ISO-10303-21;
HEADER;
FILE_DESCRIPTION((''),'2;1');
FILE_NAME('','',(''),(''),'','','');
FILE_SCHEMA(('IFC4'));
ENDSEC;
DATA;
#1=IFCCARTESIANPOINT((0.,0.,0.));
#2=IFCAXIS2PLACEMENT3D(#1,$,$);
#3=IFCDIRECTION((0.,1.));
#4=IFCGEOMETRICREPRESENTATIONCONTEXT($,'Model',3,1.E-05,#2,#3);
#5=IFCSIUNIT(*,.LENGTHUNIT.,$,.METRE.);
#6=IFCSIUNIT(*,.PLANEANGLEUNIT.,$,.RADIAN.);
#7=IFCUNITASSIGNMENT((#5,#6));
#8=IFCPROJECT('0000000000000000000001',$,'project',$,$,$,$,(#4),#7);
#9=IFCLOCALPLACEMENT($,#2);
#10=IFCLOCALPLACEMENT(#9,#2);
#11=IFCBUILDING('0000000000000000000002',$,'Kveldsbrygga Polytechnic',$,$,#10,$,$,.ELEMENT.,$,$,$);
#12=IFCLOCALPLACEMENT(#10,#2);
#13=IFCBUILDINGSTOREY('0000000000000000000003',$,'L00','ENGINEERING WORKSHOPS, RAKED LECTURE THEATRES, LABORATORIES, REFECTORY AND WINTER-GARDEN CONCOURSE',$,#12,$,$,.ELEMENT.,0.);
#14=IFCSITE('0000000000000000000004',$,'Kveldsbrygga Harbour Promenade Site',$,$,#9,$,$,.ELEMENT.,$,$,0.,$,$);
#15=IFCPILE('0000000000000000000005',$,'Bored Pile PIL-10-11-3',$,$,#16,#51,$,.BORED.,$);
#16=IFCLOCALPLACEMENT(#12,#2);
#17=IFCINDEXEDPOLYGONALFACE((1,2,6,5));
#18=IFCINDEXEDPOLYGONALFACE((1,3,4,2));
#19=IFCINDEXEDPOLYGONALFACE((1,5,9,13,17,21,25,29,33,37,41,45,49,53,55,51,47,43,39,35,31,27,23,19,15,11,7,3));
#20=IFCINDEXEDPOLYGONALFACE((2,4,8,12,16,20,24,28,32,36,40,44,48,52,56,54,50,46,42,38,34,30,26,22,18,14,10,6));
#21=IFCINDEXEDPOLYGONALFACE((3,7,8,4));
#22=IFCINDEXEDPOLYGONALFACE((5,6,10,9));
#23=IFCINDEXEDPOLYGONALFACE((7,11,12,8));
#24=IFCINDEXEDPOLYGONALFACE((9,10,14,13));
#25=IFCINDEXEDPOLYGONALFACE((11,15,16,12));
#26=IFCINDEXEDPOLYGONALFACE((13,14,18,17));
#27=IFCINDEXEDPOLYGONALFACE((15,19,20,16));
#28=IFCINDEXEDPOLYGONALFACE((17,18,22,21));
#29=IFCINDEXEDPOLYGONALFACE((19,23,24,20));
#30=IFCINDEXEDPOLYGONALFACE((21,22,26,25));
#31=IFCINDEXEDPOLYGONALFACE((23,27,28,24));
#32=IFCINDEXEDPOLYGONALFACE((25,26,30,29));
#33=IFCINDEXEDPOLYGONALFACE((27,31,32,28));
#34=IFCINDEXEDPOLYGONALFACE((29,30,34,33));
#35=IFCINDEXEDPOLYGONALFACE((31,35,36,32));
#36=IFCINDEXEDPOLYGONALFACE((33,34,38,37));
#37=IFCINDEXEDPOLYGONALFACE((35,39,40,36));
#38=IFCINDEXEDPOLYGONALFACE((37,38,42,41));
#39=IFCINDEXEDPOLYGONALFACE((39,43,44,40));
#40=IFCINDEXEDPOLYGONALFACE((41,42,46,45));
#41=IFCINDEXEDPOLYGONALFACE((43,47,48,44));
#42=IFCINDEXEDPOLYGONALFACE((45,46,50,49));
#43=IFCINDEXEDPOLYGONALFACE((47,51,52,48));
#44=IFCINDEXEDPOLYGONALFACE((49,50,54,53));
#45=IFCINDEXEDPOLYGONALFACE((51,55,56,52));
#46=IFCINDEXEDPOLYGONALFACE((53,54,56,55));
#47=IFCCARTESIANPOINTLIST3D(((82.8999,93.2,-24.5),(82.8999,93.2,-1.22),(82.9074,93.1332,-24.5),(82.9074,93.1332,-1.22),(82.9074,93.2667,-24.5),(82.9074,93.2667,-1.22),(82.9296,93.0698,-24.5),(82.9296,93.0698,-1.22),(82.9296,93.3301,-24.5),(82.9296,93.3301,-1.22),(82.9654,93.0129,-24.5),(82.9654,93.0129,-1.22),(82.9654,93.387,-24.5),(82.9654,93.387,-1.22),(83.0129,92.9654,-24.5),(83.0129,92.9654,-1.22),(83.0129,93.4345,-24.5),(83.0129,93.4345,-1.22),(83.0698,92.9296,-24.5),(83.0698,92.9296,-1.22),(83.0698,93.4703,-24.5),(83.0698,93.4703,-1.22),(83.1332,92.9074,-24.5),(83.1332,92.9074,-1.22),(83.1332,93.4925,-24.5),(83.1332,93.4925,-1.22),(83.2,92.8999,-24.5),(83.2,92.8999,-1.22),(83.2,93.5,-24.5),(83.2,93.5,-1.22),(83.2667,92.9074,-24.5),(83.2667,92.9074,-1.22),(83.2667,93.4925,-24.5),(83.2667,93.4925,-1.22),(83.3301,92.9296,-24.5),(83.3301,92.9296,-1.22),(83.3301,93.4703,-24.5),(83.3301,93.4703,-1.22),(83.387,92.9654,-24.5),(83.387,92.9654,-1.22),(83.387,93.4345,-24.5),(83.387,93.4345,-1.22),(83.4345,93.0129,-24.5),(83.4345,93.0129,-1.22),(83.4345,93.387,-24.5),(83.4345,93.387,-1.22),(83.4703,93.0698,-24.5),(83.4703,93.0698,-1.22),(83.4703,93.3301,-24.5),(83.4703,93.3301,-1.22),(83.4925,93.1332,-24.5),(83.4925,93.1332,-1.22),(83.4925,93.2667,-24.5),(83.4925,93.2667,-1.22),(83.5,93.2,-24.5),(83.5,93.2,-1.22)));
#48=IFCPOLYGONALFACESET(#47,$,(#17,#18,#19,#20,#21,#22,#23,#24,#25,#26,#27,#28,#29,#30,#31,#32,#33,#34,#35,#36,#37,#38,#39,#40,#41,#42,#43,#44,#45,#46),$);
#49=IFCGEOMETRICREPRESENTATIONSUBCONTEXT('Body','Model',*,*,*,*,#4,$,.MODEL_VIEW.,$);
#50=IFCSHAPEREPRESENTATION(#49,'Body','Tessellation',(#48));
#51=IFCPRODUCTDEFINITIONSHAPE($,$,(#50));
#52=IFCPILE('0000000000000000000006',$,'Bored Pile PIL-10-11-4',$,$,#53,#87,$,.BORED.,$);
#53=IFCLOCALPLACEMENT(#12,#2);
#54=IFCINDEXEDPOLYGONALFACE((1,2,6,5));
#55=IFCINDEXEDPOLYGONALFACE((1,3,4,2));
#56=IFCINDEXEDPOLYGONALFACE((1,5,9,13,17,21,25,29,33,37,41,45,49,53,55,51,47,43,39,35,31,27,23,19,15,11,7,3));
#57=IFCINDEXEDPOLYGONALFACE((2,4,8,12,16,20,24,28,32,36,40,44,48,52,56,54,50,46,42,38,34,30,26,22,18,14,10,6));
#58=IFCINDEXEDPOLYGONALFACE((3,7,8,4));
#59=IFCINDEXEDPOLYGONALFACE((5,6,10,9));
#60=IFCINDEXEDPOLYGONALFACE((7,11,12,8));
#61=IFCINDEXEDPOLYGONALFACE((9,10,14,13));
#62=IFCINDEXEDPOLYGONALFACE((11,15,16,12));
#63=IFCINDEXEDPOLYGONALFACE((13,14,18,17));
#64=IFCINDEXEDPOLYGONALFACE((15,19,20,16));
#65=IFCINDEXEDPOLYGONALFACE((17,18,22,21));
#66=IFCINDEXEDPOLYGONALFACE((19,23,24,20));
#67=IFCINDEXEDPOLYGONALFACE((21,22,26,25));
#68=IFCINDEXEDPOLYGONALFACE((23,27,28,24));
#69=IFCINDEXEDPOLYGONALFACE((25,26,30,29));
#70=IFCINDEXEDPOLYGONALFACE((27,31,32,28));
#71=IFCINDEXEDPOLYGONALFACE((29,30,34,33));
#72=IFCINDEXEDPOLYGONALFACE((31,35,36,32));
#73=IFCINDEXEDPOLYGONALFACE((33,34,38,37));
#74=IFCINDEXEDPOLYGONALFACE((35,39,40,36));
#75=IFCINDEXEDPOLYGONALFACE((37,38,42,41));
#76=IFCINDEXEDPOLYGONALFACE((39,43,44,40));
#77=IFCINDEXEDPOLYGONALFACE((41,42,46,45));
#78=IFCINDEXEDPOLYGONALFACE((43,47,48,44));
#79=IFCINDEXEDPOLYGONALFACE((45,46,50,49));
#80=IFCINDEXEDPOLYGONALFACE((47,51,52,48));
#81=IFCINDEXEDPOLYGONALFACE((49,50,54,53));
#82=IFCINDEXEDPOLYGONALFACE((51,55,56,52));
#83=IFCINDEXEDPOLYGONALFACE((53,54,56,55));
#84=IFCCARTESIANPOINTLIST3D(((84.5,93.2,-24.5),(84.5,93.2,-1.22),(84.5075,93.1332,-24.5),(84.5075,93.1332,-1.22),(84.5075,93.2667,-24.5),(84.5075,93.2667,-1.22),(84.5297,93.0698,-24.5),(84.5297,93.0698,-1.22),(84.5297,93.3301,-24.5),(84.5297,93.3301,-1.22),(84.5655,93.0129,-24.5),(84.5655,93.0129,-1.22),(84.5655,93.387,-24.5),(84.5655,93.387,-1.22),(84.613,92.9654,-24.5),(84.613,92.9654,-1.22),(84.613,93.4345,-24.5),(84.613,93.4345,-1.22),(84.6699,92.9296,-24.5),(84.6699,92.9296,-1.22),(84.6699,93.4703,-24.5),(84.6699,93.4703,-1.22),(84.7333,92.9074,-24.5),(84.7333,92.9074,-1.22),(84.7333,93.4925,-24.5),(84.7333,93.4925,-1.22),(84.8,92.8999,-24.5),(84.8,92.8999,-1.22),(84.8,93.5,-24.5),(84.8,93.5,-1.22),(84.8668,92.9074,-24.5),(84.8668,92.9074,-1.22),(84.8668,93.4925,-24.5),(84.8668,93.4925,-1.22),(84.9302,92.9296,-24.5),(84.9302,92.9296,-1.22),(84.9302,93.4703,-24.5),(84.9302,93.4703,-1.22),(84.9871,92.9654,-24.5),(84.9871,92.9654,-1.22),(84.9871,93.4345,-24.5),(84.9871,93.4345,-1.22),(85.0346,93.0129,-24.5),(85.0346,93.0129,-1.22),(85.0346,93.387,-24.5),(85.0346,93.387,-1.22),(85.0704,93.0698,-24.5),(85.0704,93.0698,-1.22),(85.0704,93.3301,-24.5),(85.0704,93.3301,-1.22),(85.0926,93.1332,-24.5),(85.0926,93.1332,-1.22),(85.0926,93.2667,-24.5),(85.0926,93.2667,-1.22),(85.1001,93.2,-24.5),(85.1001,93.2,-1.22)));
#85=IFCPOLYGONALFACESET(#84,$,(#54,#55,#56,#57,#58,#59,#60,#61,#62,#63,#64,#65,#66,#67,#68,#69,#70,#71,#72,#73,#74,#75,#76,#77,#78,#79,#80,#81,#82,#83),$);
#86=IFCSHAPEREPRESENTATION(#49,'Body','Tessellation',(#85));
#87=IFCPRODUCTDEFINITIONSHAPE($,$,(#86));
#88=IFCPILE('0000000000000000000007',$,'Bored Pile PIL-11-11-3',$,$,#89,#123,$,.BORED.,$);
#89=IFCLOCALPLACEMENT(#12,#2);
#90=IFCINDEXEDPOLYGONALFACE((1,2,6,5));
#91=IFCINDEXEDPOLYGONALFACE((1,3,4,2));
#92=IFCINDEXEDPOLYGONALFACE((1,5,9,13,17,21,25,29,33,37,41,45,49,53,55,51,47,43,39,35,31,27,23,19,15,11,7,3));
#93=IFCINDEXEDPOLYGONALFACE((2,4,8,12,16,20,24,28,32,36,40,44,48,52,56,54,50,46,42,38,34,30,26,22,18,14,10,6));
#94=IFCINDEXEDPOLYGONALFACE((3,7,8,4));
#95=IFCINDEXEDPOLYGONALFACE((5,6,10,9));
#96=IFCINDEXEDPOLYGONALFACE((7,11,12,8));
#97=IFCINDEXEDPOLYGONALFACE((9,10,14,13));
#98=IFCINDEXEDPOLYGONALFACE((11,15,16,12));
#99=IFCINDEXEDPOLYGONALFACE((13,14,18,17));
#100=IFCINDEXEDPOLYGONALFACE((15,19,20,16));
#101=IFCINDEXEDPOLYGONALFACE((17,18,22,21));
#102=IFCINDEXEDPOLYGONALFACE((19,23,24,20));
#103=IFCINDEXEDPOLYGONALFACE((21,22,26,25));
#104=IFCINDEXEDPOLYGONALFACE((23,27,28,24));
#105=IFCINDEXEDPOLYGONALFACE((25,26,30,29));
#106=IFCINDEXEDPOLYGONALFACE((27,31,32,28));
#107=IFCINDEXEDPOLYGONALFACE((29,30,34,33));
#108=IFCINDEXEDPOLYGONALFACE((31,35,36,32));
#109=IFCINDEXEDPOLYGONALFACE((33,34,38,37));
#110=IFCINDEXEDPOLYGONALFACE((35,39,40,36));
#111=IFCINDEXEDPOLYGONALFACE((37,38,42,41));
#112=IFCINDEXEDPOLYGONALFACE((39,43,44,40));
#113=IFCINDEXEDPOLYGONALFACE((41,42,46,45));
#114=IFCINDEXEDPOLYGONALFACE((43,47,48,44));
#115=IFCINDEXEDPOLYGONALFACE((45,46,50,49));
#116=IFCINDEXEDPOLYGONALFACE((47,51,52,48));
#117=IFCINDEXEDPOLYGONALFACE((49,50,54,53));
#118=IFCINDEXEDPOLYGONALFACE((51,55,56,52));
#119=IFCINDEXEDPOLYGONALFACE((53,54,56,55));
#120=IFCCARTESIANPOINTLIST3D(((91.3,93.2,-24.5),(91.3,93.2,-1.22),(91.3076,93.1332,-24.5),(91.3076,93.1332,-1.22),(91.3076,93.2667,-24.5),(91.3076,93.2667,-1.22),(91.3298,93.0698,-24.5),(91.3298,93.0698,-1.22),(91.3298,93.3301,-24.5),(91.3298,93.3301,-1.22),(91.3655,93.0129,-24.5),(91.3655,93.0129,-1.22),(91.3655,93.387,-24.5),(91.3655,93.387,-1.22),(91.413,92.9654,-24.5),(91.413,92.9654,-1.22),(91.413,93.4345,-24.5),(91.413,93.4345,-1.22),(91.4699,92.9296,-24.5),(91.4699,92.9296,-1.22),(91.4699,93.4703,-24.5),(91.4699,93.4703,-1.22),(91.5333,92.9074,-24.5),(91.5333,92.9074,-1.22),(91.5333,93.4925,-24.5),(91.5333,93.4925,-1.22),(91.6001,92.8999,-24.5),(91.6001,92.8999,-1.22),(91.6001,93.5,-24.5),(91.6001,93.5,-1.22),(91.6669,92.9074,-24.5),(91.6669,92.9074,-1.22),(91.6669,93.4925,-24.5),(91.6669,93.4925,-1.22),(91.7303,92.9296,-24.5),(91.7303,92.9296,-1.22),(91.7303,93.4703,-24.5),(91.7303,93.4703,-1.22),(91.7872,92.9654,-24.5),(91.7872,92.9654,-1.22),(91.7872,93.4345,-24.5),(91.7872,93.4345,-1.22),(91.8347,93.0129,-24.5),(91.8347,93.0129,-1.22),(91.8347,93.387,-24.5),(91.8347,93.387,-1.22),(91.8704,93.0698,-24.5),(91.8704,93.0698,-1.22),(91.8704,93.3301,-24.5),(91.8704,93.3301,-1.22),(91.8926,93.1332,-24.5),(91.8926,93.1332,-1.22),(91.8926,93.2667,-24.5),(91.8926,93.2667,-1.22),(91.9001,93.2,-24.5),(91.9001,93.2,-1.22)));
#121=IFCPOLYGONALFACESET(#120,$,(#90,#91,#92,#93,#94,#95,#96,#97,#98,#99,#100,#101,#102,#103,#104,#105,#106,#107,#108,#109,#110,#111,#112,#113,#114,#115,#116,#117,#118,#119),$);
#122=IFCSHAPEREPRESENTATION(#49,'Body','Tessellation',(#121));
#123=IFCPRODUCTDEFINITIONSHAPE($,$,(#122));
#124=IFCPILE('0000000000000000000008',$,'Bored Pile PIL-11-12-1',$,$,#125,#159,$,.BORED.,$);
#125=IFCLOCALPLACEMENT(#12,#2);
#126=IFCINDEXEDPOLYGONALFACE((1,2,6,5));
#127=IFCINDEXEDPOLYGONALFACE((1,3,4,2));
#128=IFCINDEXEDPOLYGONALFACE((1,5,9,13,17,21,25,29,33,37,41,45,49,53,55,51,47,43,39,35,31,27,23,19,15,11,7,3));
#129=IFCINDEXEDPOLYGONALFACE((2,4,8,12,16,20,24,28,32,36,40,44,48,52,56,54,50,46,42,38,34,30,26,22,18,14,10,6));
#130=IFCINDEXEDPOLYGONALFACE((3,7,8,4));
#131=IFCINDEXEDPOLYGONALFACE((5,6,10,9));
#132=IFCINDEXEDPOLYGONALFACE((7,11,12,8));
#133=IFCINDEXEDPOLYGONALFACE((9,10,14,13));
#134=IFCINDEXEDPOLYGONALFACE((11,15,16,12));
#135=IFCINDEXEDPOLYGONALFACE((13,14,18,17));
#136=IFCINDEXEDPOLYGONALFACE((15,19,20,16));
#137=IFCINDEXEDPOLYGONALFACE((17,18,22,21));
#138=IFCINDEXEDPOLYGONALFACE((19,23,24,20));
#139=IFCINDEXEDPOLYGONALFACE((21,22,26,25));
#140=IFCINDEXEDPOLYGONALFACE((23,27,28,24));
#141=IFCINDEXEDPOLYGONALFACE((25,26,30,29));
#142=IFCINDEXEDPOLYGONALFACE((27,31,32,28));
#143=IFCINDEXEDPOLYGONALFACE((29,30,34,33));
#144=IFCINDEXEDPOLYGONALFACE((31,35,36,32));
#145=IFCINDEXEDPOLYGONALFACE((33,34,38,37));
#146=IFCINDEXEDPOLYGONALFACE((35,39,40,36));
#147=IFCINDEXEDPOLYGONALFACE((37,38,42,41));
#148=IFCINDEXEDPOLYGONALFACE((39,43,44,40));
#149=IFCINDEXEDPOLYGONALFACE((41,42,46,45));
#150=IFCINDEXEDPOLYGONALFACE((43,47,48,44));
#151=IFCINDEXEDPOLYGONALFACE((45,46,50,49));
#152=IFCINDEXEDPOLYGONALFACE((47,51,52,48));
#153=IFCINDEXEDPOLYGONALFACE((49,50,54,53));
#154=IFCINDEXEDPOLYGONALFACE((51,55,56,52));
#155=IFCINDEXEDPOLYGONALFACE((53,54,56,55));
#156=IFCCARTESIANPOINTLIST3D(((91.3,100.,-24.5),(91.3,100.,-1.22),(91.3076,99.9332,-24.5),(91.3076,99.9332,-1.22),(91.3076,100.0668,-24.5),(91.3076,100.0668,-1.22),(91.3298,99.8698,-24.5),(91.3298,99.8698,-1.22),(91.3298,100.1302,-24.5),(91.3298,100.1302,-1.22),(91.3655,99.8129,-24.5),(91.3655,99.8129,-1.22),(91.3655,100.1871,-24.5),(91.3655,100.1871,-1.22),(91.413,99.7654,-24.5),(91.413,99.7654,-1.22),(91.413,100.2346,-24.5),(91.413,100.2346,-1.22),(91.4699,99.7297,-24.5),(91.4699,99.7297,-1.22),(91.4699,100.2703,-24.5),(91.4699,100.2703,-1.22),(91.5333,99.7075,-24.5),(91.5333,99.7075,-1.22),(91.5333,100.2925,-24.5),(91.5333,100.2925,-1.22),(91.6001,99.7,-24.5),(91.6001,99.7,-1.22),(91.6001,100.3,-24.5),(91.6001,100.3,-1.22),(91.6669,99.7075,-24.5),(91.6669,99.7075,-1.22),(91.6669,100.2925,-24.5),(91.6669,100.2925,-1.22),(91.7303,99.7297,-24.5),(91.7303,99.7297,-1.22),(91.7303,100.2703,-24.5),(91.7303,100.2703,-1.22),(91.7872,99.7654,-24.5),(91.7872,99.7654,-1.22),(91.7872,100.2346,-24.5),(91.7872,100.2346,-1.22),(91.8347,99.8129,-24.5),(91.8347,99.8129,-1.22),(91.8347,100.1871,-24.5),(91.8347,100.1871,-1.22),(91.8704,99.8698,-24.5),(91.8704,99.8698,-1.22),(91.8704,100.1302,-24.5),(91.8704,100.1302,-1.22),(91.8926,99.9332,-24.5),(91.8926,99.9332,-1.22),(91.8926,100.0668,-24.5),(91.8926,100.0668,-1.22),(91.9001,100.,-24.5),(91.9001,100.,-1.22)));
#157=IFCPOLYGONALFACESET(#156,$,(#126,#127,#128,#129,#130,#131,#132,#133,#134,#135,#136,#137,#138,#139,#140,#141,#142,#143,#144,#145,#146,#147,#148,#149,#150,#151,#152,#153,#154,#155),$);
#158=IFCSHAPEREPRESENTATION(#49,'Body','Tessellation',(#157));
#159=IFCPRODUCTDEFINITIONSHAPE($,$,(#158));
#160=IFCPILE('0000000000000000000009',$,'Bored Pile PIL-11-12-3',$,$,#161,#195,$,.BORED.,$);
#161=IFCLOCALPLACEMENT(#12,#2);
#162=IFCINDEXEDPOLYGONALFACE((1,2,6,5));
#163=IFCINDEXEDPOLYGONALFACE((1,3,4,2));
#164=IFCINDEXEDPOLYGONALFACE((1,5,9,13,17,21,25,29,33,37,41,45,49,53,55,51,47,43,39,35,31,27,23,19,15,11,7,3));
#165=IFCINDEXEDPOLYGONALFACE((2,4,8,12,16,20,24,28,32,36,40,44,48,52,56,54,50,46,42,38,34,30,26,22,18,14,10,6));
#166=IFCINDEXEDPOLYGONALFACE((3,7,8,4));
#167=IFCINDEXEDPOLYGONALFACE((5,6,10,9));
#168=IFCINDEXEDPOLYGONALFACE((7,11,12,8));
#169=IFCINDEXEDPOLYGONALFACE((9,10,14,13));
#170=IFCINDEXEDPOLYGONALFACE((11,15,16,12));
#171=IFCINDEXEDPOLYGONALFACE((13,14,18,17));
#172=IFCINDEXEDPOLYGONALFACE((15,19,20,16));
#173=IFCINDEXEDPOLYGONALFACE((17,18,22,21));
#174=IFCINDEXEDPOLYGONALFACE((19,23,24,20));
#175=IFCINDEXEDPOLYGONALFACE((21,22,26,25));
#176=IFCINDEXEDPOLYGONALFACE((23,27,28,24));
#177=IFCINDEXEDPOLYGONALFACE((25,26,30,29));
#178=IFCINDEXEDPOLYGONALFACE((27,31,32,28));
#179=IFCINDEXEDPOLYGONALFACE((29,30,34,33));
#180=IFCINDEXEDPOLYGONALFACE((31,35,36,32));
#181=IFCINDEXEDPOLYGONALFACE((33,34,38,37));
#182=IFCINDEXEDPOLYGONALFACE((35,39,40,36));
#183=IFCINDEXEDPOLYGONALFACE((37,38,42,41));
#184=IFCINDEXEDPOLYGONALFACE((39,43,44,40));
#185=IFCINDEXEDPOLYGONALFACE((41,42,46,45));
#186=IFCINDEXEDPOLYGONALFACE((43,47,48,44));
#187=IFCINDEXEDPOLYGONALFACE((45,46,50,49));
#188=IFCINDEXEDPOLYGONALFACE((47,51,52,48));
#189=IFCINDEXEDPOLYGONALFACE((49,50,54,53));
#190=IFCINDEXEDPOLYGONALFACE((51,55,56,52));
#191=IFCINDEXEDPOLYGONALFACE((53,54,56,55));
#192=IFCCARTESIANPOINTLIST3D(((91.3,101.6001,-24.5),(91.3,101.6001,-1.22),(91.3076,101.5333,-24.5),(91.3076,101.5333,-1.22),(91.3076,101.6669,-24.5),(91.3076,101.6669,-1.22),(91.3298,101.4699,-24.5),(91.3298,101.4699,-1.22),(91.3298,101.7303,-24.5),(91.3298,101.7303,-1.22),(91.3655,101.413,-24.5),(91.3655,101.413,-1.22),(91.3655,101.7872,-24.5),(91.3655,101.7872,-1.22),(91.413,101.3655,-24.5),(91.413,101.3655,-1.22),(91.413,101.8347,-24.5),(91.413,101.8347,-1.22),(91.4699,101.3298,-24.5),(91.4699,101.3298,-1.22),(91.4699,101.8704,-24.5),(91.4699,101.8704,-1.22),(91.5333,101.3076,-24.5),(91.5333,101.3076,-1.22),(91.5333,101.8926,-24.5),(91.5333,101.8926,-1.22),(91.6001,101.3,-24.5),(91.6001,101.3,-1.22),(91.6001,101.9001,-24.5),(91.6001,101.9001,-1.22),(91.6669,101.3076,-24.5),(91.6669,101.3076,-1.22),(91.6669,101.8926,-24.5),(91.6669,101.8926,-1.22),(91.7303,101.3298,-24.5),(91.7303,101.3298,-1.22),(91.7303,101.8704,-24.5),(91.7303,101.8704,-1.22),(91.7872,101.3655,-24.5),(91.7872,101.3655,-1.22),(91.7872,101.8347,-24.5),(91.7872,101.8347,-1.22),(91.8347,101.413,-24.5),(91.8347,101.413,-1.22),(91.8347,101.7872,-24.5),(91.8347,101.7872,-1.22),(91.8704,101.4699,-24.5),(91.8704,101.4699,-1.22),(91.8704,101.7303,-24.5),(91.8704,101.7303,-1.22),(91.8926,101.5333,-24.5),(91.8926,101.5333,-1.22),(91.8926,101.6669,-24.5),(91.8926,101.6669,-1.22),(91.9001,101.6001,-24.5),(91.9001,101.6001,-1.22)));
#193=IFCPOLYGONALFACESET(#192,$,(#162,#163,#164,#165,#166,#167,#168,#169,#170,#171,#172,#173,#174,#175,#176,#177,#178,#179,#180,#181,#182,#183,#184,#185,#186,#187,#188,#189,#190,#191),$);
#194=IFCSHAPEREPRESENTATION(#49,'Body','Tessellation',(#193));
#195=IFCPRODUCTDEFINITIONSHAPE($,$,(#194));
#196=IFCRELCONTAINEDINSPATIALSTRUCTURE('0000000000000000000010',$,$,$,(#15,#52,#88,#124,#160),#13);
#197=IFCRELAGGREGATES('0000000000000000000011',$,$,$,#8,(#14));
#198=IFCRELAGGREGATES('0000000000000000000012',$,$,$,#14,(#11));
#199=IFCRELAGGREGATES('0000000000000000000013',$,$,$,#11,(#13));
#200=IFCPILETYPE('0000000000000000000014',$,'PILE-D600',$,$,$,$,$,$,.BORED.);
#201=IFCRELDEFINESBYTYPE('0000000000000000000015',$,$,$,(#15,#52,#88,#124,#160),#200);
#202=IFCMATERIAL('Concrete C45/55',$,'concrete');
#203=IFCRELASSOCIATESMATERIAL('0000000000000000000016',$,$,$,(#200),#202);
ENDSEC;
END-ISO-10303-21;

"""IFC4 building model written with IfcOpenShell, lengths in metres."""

from ifc_helpers import new_model, si_unit, direction, frame, origin, origin_2d, place, context, subcontext, project, spatial, circle, extrude, material, material_profile, profile_set, type_object, element, save


model = new_model("IFC4")

# Units and contexts
model_context = context("Model", 3, precision=1e-05, world=origin(), true_north=direction((0.0, 1.0)))
body_context = subcontext(model_context, "Body", "Model", "MODEL_VIEW")
ifc_project = project(units=[si_unit("LENGTHUNIT", "METRE"), si_unit("PLANEANGLEUNIT", "RADIAN")], contexts=[model_context])

# Site, building, storey
site_placement = place(None, origin())
site = spatial("IfcSite", under=ifc_project, at=site_placement, Name="Kveldsbrygga Harbour Promenade Site", CompositionType="ELEMENT", RefElevation=0.0)
building_placement = place(site_placement, origin())
building = spatial("IfcBuilding", under=site, at=building_placement, Name="Kveldsbrygga Polytechnic", CompositionType="ELEMENT")
storey_placement = place(building_placement, origin())
storey = spatial("IfcBuildingStorey", under=building, at=storey_placement, Name="L00", Description="ENGINEERING WORKSHOPS, RAKED LECTURE THEATRES, LABORATORIES, REFECTORY AND WINTER-GARDEN CONCOURSE", CompositionType="ELEMENT", Elevation=0.0)

# Shared definitions
ifc_material_1 = material(Name="Concrete C45/55", Category="concrete")

# Piles
ifc_material_profile_1 = material_profile(ifc_material_1, circle(Radius=0.3, at=origin_2d()), Name="PILE D600")
ifc_profile_set_1 = profile_set([ifc_material_profile_1], Name="Concrete C45/55")
pile_type = type_object("IfcPileType", Name="PILE-D600", PredefinedType="BORED", material=ifc_profile_set_1)
for number, where, z_axis, x_axis, name in (
    (1, (83.2, 93.2, -1.22), (0.0, 0.0, -1.0), (1.0, 0.0, 0.0), "Bored Pile PIL-10-11-3"),
    (2, (84.8, 93.2, -1.22), (0.0, 0.0, -1.0), (1.0, 0.0, 0.0), "Bored Pile PIL-10-11-4"),
    (3, (91.6001, 93.2, -1.22), (0.0, 0.0, -1.0), (1.0, 0.0, 0.0), "Bored Pile PIL-11-11-3"),
    (4, (91.6001, 100.0, -1.22), (0.0, 0.0, -1.0), (1.0, 0.0, 0.0), "Bored Pile PIL-11-12-1"),
    (5, (91.6001, 101.6001, -1.22), (0.0, 0.0, -1.0), (1.0, 0.0, 0.0), "Bored Pile PIL-11-12-3"),
):
    element("IfcPile", number, at=place(storey_placement, frame(where, z_axis=z_axis, x_axis=x_axis)), inside=storey, type_object=pile_type, Name=name, PredefinedType="BORED", context=body_context, shape_type="SweptSolid", body=[
        extrude(circle(Radius=0.3, at=origin_2d()), origin(), (0.0, 0.0, 1.0), 23.28),
    ])

save(model, "model.ifc")
